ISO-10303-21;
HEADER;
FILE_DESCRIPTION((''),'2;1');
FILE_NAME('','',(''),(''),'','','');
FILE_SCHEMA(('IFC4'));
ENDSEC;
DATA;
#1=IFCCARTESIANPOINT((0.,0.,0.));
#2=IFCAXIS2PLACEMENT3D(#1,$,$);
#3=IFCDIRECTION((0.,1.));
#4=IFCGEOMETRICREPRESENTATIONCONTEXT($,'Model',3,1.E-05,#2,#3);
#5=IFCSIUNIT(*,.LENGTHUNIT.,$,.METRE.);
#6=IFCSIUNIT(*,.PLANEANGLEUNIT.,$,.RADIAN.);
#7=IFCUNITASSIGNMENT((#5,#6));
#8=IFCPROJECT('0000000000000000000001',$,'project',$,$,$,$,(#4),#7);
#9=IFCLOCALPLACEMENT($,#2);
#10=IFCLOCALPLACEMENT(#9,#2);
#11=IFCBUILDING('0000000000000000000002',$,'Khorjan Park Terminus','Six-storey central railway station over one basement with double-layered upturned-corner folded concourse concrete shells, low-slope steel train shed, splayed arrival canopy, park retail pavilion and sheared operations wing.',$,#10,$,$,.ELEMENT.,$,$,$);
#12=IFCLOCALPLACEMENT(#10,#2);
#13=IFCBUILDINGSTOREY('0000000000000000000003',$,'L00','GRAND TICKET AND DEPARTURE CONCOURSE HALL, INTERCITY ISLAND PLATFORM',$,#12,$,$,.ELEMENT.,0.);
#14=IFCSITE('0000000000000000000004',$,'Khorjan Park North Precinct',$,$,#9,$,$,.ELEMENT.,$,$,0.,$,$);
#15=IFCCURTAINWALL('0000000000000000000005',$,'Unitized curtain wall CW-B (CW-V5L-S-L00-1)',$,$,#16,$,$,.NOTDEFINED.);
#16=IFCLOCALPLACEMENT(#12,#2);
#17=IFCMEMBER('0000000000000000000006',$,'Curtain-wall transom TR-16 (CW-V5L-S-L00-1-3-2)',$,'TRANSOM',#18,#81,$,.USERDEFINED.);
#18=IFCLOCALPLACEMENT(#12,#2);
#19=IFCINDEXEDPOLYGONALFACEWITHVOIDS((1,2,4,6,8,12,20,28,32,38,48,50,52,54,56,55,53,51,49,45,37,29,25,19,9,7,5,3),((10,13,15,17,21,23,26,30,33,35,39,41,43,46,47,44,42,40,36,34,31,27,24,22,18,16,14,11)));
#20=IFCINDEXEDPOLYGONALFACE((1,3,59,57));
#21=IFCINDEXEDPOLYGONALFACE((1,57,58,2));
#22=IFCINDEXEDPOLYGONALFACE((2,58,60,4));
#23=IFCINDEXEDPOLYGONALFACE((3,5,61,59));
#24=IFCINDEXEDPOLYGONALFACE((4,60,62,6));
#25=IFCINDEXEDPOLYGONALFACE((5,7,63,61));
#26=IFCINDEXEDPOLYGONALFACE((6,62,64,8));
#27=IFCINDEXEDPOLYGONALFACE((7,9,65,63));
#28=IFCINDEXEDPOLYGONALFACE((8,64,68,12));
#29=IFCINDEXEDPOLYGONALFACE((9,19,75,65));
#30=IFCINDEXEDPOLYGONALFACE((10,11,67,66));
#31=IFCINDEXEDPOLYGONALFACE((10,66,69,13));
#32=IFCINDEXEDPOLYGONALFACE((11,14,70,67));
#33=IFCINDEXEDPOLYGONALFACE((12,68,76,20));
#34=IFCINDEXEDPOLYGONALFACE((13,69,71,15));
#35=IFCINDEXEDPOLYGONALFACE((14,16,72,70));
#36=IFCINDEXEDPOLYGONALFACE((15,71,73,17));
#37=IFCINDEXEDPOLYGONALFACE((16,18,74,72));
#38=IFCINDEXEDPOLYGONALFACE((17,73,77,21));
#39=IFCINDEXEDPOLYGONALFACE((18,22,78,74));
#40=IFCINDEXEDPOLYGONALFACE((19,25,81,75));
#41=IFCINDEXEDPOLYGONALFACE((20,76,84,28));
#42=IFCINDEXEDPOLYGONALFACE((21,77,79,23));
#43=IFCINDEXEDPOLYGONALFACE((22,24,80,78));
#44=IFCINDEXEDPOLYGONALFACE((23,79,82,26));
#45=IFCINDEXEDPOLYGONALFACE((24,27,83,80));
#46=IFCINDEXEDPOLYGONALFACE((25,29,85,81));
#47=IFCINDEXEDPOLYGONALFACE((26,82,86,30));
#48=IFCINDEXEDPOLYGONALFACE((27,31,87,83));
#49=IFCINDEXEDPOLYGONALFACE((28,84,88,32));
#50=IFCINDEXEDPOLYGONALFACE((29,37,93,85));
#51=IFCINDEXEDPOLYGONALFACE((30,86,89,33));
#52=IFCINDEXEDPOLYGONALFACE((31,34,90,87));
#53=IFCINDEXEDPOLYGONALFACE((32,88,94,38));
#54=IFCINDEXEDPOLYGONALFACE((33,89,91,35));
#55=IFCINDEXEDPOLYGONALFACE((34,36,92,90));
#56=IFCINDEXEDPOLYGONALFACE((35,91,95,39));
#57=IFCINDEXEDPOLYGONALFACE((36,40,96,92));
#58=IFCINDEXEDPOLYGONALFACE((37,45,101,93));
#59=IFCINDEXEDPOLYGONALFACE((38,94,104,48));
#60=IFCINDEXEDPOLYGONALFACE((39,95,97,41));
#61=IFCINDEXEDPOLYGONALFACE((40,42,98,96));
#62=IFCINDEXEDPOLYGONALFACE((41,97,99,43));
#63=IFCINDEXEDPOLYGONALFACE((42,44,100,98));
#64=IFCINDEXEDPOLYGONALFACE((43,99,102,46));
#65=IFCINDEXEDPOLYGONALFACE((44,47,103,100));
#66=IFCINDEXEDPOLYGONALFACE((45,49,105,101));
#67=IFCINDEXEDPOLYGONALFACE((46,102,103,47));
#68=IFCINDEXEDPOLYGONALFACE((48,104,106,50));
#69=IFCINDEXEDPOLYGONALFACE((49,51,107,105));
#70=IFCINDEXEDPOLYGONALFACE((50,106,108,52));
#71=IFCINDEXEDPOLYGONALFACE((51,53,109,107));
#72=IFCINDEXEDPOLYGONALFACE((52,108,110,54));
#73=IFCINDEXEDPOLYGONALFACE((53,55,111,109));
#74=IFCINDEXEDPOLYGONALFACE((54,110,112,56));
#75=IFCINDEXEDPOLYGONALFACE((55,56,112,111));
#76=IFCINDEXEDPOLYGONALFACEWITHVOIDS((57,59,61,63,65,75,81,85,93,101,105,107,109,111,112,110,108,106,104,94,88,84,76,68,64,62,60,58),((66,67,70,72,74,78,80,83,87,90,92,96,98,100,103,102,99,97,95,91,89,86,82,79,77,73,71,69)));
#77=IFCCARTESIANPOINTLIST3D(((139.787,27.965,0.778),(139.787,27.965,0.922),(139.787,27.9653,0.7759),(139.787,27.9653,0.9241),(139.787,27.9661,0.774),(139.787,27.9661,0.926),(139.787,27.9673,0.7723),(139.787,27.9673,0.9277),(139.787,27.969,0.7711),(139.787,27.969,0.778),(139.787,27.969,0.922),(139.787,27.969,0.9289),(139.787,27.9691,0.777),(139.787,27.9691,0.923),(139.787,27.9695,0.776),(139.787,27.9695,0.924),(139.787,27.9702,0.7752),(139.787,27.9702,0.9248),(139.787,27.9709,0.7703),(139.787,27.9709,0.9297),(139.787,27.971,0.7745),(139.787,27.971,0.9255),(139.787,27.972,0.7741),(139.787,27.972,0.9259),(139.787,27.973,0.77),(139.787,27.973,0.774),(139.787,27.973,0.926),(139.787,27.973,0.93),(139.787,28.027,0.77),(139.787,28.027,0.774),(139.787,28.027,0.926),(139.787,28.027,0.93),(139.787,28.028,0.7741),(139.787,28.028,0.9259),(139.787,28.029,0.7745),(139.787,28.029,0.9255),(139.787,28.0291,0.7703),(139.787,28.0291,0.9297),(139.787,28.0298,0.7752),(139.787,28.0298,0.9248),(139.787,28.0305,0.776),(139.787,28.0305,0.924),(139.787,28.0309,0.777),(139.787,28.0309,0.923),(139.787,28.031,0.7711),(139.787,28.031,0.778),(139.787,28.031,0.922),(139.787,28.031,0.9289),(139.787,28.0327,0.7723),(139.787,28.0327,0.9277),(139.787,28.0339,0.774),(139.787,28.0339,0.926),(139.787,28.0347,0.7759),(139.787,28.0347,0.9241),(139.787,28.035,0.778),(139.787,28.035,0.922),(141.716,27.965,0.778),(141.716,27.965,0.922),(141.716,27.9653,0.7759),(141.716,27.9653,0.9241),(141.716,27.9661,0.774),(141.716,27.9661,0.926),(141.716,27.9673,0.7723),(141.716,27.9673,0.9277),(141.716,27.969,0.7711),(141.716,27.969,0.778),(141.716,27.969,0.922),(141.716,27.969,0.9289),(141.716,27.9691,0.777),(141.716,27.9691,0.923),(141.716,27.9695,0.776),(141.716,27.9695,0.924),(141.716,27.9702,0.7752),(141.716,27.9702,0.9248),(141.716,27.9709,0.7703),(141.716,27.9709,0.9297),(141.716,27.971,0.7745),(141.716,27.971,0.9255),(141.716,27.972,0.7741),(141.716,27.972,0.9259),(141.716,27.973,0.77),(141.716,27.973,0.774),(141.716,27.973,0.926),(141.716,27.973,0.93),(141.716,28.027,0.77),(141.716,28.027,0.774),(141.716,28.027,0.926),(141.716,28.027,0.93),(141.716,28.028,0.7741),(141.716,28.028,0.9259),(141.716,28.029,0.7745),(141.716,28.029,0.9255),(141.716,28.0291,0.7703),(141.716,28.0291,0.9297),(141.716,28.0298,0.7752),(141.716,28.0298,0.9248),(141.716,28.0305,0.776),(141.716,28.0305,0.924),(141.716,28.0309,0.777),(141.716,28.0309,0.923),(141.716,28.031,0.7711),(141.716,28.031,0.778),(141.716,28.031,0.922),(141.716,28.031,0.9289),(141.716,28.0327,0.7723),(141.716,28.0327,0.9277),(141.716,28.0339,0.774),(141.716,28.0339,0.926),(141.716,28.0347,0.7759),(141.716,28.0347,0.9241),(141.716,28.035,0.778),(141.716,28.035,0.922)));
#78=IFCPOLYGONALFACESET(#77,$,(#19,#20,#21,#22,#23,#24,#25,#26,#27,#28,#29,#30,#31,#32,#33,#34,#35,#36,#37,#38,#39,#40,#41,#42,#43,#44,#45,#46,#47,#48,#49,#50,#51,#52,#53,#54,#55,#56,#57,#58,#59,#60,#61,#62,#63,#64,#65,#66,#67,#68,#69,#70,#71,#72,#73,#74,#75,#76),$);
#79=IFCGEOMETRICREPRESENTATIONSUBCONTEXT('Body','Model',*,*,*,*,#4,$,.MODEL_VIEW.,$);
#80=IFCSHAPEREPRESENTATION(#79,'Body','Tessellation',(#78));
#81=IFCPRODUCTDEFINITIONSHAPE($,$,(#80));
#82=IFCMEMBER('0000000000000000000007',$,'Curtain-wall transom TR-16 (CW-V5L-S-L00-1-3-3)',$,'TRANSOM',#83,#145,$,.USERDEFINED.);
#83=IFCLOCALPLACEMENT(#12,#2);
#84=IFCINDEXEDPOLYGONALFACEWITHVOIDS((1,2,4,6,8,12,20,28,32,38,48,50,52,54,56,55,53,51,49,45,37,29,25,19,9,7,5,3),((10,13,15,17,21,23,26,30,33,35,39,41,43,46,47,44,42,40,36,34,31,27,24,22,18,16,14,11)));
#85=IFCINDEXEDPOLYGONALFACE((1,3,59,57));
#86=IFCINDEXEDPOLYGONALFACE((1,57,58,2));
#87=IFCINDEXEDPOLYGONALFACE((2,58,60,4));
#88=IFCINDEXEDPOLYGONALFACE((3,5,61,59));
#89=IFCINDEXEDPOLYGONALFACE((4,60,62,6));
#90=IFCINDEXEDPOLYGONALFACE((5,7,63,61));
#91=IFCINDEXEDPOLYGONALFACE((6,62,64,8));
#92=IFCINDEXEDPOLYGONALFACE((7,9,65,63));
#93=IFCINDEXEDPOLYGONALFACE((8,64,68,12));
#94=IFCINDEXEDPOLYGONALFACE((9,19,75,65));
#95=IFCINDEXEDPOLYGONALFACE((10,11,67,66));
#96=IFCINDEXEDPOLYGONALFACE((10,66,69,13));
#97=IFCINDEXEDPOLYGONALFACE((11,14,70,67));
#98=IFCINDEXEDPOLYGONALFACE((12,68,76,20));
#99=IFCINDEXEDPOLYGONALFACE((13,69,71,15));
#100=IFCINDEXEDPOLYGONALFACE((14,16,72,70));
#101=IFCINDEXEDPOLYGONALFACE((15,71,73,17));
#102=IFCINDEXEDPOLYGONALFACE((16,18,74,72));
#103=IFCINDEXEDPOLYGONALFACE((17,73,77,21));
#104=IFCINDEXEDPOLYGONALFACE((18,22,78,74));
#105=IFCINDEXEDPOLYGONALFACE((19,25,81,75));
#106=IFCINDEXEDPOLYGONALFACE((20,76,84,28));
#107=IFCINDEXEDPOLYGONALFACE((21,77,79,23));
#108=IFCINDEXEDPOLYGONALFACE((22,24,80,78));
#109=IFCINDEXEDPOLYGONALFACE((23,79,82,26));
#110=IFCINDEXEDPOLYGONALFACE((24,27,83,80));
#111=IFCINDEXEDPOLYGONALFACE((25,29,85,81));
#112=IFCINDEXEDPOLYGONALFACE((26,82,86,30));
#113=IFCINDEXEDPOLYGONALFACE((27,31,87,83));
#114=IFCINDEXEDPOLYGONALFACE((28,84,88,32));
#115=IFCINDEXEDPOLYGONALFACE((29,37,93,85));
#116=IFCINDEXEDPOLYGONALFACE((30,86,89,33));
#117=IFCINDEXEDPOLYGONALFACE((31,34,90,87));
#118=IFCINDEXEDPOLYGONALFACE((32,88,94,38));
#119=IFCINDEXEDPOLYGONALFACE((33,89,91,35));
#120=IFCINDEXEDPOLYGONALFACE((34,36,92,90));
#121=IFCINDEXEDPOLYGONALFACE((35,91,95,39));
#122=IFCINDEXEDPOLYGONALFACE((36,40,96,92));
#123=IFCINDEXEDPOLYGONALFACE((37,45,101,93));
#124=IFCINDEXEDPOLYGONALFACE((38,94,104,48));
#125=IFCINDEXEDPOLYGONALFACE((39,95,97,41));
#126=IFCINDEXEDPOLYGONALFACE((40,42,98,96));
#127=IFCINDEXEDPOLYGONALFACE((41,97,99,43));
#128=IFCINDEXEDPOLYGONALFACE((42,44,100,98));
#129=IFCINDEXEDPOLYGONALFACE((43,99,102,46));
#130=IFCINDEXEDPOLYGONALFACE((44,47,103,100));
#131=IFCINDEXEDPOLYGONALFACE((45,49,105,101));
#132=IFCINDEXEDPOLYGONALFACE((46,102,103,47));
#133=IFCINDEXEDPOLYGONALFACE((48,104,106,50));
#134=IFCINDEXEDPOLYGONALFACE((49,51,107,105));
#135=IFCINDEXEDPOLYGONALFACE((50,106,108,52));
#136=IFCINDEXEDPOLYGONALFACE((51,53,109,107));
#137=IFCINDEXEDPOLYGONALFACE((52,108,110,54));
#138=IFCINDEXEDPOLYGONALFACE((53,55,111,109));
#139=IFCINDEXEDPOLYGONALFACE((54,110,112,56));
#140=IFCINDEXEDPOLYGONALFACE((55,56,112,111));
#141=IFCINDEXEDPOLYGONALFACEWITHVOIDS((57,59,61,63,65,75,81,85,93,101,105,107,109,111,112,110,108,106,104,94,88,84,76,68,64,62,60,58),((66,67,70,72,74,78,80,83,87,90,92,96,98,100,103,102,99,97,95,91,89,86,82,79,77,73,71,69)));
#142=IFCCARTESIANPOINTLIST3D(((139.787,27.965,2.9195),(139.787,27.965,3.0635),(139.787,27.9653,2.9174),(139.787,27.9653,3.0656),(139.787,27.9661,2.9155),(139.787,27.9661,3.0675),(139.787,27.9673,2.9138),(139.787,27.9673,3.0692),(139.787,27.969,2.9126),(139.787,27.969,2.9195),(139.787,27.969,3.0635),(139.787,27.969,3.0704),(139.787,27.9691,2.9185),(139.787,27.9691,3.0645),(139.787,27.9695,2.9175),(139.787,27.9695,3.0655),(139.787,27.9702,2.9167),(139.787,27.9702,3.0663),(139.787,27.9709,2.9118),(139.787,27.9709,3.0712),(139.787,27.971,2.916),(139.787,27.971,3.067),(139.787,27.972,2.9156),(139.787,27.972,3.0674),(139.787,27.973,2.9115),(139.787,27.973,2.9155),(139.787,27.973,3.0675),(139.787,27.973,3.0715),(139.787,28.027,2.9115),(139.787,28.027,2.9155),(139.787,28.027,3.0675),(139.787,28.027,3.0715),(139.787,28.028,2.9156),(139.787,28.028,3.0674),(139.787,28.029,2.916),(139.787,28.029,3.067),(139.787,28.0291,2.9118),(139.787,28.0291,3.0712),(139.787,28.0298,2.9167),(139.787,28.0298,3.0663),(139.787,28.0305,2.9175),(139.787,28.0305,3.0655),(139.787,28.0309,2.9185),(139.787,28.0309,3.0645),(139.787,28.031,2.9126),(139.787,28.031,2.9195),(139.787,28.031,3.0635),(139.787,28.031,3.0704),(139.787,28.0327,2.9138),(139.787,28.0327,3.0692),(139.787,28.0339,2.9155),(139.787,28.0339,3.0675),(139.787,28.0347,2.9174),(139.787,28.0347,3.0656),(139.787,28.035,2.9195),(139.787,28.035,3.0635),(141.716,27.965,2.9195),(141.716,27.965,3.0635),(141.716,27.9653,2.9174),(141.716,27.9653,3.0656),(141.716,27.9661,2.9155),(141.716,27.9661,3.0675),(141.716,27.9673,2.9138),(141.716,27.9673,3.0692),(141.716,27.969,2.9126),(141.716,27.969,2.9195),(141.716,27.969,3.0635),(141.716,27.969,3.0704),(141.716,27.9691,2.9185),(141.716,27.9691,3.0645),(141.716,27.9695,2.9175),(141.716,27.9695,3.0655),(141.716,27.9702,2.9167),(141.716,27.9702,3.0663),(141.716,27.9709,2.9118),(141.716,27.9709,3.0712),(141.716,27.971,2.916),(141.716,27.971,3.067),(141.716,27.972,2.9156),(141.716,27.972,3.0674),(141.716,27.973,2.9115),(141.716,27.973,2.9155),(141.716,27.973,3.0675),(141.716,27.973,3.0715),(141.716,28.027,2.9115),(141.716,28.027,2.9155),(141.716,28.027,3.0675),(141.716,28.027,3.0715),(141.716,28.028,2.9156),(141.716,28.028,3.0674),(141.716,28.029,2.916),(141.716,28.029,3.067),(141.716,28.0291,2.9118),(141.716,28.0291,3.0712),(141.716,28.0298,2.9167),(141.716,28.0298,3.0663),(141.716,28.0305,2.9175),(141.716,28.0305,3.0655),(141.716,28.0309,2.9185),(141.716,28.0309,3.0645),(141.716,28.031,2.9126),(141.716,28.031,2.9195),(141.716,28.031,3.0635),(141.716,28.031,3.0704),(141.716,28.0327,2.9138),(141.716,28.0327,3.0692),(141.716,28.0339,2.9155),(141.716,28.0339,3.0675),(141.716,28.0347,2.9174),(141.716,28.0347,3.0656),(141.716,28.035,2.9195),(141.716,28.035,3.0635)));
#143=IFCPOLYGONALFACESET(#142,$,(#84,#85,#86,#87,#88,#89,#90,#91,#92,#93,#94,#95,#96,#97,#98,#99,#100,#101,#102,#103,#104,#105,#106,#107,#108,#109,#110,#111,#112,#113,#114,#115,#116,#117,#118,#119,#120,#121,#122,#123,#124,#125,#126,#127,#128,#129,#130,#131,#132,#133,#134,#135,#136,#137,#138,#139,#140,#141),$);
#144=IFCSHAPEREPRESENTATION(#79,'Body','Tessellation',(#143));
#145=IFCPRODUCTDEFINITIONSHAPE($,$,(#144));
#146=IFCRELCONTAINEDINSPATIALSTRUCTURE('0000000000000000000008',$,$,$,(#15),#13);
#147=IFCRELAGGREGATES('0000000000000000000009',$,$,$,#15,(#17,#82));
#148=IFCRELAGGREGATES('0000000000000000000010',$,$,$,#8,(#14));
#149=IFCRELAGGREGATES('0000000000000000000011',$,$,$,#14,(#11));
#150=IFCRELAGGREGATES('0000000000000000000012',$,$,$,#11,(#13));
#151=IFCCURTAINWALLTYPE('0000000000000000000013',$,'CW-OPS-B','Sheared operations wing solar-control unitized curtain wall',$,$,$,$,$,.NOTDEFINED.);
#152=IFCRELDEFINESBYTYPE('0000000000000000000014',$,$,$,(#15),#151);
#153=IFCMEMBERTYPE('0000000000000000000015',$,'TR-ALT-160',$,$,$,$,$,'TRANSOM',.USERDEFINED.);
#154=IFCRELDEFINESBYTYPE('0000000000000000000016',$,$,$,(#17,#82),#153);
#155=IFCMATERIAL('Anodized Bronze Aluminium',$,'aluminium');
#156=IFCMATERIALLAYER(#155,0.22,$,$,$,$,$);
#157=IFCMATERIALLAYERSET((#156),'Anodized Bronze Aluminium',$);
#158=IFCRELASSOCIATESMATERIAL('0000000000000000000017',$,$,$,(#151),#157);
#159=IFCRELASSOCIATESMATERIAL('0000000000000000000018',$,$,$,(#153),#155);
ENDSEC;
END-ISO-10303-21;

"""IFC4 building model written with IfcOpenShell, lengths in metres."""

from ifc_helpers import new_model, si_unit, direction, frame, origin, origin_2d, place, context, subcontext, project, spatial, hollow_rectangle, extrude, material, layer, layer_set, material_profile, profile_set, type_object, element, aggregate, save


model = new_model("IFC4")

# Units and contexts
model_context = context("Model", 3, precision=1e-05, world=origin(), true_north=direction((0.0, 1.0)))
body_context = subcontext(model_context, "Body", "Model", "MODEL_VIEW")
ifc_project = project(units=[si_unit("LENGTHUNIT", "METRE"), si_unit("PLANEANGLEUNIT", "RADIAN")], contexts=[model_context])

# Site, building, storey
site_placement = place(None, origin())
site = spatial("IfcSite", under=ifc_project, at=site_placement, Name="Khorjan Park North Precinct", CompositionType="ELEMENT", RefElevation=0.0)
building_placement = place(site_placement, origin())
building = spatial("IfcBuilding", under=site, at=building_placement, Name="Khorjan Park Terminus", Description="Six-storey central railway station over one basement with double-layered upturned-corner folded concourse concrete shells, low-slope steel train shed, splayed arrival canopy, park retail pavilion and sheared operations wing.", CompositionType="ELEMENT")
storey_placement = place(building_placement, origin())
storey = spatial("IfcBuildingStorey", under=building, at=storey_placement, Name="L00", Description="GRAND TICKET AND DEPARTURE CONCOURSE HALL, INTERCITY ISLAND PLATFORM", CompositionType="ELEMENT", Elevation=0.0)

# Curtain wall, members
ifc_material_1 = material(Name="Anodized Bronze Aluminium", Category="aluminium")
ifc_layer_1 = layer(ifc_material_1, 0.22)
ifc_layer_set_1 = layer_set([ifc_layer_1], Name="Anodized Bronze Aluminium")
curtain_wall_type = type_object("IfcCurtainWallType", Name="CW-OPS-B", Description="Sheared operations wing solar-control unitized curtain wall", PredefinedType="NOTDEFINED", material=ifc_layer_set_1)
curtain_wall_placement = place(storey_placement, origin())
curtain_wall = element("IfcCurtainWall", 1, at=curtain_wall_placement, inside=storey, type_object=curtain_wall_type, Name="Unitized curtain wall CW-B (CW-V5L-S-L00-1)", PredefinedType="NOTDEFINED")
ifc_material_profile_1 = material_profile(ifc_material_1, hollow_rectangle(XDim=0.07, YDim=0.16, WallThickness=0.004, InnerFilletRadius=0.004, OuterFilletRadius=0.008, at=origin_2d()), Name="ALT 70x160x4")
ifc_profile_set_1 = profile_set([ifc_material_profile_1], Name="Anodized Bronze Aluminium")
member_type_1 = type_object("IfcMemberType", Name="TR-ALT-160", ElementType="TRANSOM", PredefinedType="USERDEFINED", material=ifc_profile_set_1)
member_1_placement = place(storey_placement, frame((139.787, 28.0, 0.85), z_axis=(1.0, 0.0, 0.0), x_axis=(0.0, 1.0, 0.0)))
member_1 = element("IfcMember", 2, at=member_1_placement, type_object=member_type_1, Name="Curtain-wall transom TR-16 (CW-V5L-S-L00-1-3-2)", ObjectType="TRANSOM", PredefinedType="USERDEFINED", context=body_context, shape_type="SweptSolid", body=[
    extrude(hollow_rectangle(XDim=0.07, YDim=0.16, WallThickness=0.004, InnerFilletRadius=0.004, OuterFilletRadius=0.008, at=origin_2d()), origin(), (0.0, 0.0, 1.0), 1.929),
])
member_2_placement = place(storey_placement, frame((139.787, 28.0, 2.9915), z_axis=(1.0, 0.0, 0.0), x_axis=(0.0, 1.0, 0.0)))
member_2 = element("IfcMember", 3, at=member_2_placement, type_object=member_type_1, Name="Curtain-wall transom TR-16 (CW-V5L-S-L00-1-3-3)", ObjectType="TRANSOM", PredefinedType="USERDEFINED", context=body_context, shape_type="SweptSolid", body=[
    extrude(hollow_rectangle(XDim=0.07, YDim=0.16, WallThickness=0.004, InnerFilletRadius=0.004, OuterFilletRadius=0.008, at=origin_2d()), origin(), (0.0, 0.0, 1.0), 1.929),
])
aggregate(curtain_wall, [member_1, member_2])

save(model, "model.ifc")
